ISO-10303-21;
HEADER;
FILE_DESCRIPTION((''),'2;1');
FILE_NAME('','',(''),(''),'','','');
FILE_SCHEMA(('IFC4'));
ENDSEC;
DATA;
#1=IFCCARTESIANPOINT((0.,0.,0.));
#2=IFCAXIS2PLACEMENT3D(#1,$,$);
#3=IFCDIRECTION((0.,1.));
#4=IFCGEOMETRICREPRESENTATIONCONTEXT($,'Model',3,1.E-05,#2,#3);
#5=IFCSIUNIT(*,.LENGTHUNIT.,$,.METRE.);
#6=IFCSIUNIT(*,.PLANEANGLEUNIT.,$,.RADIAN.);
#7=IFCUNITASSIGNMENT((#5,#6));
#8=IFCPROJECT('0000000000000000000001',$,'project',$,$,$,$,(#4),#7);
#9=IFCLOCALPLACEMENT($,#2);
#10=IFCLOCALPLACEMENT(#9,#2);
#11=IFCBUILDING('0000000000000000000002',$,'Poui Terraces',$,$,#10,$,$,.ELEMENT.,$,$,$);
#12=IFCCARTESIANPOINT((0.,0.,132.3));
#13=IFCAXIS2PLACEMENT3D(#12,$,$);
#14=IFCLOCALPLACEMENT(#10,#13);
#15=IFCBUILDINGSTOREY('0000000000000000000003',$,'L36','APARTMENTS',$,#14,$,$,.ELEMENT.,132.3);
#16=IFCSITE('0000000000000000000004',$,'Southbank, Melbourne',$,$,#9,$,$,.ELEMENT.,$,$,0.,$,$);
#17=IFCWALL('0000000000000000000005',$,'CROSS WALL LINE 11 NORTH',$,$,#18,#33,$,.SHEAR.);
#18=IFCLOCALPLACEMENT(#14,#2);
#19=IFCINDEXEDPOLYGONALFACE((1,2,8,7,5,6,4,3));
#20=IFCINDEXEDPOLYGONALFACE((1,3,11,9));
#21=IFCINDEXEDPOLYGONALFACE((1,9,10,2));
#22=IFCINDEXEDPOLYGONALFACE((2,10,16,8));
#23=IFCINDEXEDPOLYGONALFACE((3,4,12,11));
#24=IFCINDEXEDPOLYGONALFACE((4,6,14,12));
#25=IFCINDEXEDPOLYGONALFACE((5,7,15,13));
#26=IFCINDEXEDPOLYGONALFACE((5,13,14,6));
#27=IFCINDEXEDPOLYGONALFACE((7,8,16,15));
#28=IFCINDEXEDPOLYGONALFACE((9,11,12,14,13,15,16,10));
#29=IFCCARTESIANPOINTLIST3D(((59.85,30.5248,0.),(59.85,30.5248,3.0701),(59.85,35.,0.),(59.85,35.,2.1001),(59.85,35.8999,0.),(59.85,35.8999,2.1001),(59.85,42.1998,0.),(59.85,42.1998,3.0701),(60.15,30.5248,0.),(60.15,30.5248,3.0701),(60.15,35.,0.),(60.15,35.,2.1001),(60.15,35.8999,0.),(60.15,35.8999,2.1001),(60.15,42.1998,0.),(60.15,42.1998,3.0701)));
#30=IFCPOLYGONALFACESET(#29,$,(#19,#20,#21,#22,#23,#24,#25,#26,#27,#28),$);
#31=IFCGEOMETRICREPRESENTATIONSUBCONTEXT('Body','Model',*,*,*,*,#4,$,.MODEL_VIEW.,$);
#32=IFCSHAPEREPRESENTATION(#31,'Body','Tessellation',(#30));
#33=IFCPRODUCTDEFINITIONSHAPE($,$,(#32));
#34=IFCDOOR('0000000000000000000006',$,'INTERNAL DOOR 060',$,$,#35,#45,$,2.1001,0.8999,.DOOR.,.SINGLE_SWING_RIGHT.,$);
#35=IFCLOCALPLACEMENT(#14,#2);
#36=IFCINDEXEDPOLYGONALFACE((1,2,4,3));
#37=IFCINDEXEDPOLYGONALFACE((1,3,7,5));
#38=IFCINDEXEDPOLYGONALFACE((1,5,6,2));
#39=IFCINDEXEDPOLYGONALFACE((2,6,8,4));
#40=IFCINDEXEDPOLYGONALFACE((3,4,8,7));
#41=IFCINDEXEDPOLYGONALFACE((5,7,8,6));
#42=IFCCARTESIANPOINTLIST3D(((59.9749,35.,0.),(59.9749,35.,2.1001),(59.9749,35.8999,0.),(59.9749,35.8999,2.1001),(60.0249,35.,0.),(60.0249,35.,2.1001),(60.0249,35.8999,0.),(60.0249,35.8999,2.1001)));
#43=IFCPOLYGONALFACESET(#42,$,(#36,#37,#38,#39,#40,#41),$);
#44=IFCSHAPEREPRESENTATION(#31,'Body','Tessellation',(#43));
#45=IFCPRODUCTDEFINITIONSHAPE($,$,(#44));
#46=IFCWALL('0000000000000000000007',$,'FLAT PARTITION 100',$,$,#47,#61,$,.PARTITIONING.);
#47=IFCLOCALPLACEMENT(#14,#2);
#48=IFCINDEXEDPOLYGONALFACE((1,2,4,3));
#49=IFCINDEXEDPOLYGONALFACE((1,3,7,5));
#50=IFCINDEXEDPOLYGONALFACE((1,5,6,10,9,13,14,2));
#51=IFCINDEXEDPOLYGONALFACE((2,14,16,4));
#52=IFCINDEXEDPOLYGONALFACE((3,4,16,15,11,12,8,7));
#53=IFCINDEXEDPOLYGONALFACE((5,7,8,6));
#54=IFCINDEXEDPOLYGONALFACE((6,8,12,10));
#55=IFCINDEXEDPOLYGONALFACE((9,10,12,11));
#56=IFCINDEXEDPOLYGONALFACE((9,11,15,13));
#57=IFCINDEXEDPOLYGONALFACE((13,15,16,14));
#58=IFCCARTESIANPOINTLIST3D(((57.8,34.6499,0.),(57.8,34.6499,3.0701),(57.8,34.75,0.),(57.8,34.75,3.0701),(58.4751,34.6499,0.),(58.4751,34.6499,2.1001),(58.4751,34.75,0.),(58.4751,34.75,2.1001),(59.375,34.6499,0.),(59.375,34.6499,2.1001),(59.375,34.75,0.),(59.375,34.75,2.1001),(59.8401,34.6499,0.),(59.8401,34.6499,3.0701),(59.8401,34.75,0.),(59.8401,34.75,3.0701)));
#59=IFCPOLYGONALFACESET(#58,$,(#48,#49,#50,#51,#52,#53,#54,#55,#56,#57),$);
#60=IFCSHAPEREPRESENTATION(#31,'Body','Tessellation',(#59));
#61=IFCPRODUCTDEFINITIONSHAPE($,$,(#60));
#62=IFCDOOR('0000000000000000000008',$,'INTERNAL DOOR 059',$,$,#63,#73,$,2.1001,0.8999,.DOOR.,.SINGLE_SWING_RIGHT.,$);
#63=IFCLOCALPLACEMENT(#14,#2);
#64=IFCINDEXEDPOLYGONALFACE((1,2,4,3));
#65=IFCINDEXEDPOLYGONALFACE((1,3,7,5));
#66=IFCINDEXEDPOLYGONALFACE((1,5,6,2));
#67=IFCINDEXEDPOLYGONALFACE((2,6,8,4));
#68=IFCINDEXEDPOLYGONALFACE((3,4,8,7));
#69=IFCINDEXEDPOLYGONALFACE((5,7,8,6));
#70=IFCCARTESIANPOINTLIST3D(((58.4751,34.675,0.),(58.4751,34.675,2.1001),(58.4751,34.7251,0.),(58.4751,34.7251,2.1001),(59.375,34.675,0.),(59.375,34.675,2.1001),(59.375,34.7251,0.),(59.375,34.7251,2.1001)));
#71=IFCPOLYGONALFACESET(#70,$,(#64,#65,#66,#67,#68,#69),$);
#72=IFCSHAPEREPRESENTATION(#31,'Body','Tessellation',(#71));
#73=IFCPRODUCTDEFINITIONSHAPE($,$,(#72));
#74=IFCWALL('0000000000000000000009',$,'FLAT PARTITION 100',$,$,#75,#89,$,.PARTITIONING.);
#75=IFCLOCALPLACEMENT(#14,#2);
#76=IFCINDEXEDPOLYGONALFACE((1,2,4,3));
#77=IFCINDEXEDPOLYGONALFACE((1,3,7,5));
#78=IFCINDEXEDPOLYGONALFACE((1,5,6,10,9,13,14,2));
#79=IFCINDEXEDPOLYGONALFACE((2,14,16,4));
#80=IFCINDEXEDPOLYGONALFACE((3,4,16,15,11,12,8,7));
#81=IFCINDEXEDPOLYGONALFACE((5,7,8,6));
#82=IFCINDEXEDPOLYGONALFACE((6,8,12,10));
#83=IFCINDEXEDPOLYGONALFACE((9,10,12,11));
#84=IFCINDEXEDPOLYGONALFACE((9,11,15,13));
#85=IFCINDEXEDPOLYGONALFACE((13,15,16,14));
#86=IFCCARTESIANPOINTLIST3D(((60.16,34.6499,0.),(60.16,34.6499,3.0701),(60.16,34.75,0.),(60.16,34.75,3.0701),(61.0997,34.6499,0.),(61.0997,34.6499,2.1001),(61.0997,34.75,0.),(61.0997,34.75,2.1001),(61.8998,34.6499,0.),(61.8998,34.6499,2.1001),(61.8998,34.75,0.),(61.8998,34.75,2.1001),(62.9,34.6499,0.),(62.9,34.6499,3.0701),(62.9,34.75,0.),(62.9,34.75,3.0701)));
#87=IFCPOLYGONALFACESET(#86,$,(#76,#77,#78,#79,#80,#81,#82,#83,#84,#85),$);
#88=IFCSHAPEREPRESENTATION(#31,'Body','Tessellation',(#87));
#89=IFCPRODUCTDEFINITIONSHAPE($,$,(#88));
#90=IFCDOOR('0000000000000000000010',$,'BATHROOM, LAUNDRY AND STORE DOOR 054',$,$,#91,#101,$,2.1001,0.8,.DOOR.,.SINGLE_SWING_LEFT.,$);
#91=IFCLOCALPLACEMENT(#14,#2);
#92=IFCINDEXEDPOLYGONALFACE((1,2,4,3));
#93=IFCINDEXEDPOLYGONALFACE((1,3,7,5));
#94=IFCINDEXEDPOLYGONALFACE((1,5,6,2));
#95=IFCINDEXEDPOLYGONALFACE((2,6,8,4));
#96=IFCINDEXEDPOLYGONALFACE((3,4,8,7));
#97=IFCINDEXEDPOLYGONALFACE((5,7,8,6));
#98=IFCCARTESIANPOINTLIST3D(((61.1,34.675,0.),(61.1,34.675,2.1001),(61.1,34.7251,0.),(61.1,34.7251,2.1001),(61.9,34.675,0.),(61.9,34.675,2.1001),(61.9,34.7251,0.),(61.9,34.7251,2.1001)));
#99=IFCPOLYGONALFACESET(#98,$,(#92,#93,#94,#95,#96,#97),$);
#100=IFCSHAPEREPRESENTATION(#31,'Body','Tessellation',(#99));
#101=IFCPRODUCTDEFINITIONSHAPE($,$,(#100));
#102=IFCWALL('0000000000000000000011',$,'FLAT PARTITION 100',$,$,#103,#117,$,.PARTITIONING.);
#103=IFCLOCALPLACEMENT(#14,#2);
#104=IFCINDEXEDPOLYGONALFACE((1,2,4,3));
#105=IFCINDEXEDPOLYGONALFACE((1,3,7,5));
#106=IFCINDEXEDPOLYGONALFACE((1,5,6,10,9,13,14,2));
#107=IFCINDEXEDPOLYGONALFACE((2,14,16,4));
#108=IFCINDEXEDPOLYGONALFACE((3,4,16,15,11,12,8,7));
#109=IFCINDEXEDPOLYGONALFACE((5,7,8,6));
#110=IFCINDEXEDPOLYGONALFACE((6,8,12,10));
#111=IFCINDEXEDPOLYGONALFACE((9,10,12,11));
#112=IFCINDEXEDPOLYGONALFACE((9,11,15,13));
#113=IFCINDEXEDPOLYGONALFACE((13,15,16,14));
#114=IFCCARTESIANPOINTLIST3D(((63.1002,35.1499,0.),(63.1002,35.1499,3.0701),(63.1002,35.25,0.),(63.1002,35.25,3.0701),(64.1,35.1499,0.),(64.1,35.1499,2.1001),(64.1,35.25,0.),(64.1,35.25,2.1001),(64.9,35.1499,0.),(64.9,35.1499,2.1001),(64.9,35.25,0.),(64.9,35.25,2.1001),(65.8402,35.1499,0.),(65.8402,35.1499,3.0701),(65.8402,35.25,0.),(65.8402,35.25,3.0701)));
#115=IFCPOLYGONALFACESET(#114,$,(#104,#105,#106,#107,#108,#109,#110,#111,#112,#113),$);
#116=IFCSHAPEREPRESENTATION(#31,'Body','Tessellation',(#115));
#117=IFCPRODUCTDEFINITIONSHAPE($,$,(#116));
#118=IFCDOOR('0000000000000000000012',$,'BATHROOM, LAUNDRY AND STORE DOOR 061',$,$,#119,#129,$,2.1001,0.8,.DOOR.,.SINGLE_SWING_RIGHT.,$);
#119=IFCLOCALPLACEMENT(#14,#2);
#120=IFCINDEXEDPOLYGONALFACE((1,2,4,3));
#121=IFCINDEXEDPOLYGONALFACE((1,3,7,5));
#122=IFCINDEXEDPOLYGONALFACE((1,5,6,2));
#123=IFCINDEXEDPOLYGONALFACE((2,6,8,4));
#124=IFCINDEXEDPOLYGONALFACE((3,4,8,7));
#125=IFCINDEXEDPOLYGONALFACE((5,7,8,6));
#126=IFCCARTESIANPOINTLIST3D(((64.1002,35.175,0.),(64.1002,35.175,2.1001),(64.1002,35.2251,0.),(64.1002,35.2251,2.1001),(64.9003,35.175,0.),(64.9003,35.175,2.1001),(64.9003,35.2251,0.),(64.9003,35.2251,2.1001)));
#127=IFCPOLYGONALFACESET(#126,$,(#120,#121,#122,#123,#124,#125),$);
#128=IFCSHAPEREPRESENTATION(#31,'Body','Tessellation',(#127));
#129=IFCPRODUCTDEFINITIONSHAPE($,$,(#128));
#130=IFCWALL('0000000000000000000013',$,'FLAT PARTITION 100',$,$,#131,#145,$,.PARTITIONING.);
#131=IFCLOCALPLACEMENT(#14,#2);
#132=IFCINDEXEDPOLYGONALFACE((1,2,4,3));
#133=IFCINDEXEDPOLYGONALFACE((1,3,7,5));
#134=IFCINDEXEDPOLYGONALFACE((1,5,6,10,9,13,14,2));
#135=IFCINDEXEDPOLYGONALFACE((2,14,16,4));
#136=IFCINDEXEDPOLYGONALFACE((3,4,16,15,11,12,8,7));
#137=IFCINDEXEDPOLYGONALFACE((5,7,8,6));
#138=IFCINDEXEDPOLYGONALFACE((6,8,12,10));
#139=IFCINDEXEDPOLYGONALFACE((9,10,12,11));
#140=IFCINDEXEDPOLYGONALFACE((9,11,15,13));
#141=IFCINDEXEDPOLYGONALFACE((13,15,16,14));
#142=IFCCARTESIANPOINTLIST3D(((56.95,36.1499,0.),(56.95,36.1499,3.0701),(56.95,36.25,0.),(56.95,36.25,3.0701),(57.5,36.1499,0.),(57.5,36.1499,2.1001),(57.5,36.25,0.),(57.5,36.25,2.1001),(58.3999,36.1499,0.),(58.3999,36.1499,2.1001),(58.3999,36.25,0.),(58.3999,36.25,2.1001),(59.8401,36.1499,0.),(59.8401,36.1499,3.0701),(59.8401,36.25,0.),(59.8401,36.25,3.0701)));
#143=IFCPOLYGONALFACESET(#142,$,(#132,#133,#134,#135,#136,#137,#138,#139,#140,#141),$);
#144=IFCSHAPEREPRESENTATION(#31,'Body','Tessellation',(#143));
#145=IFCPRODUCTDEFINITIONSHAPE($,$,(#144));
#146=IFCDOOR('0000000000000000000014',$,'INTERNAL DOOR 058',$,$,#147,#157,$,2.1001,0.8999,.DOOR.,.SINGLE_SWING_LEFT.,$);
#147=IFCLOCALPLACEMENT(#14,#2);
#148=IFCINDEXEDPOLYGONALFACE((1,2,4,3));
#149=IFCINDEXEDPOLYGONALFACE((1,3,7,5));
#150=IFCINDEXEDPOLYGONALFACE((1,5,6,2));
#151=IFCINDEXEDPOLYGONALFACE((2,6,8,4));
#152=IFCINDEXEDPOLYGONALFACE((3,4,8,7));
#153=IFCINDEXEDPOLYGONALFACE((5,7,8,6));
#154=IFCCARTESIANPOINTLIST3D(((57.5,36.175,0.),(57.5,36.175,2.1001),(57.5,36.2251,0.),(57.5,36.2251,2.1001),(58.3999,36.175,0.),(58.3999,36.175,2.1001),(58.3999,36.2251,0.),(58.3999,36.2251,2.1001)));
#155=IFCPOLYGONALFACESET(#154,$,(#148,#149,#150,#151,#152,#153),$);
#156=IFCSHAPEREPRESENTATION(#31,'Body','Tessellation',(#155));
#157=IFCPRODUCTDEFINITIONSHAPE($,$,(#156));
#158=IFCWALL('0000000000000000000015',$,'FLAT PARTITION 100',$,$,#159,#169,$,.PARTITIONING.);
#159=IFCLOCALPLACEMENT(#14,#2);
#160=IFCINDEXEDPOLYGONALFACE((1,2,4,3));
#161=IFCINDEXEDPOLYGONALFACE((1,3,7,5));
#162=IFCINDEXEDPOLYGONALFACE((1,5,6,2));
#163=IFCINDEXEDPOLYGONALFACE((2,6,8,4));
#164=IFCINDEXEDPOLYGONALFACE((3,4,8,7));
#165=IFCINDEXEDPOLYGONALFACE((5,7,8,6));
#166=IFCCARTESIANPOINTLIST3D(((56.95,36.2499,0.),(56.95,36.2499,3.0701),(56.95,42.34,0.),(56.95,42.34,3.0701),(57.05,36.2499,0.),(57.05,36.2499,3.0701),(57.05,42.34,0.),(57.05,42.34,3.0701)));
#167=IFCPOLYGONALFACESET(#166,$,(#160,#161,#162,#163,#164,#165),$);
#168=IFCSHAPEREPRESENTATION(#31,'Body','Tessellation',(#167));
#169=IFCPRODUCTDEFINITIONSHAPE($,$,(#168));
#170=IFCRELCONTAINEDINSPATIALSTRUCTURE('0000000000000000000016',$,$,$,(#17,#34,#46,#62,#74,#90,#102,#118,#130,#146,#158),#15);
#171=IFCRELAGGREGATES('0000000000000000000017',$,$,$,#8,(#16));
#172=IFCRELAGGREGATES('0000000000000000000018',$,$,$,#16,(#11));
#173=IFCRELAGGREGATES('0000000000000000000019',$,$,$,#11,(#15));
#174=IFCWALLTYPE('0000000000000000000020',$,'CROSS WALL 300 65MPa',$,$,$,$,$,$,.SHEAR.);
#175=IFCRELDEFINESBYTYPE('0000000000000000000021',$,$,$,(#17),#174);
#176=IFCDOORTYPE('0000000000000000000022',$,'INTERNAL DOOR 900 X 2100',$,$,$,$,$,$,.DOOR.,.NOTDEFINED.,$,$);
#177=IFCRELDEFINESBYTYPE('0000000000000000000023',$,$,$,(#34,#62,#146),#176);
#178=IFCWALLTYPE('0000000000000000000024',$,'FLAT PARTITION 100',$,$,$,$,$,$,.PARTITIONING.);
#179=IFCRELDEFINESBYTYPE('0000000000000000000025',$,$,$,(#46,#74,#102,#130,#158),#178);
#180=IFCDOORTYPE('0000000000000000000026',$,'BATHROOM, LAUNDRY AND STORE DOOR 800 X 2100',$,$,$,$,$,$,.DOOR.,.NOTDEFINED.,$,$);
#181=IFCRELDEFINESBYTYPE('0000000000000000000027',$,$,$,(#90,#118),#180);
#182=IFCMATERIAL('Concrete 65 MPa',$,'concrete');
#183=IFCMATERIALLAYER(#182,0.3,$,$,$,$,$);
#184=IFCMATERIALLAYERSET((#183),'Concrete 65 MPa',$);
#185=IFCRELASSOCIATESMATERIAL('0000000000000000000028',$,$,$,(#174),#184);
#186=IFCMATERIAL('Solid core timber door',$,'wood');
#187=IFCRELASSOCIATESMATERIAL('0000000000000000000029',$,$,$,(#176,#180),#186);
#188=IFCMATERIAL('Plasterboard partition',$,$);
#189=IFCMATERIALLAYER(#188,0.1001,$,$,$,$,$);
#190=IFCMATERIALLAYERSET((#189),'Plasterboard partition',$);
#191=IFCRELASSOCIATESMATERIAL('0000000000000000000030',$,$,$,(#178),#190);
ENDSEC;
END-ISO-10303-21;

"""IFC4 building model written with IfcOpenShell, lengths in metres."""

from ifc_helpers import new_model, si_unit, direction, frame, frame_2d, origin, place, context, subcontext, project, spatial, rectangle, extrude, material, layer, layer_set, type_object, element, fill, save


model = new_model("IFC4")

# Units and contexts
model_context = context("Model", 3, precision=1e-05, world=origin(), true_north=direction((0.0, 1.0)))
body_context = subcontext(model_context, "Body", "Model", "MODEL_VIEW")
ifc_project = project(units=[si_unit("LENGTHUNIT", "METRE"), si_unit("PLANEANGLEUNIT", "RADIAN")], contexts=[model_context])

# Site, building, storey
site_placement = place(None, origin())
site = spatial("IfcSite", under=ifc_project, at=site_placement, Name="Southbank, Melbourne", CompositionType="ELEMENT", RefElevation=0.0)
building_placement = place(site_placement, origin())
building = spatial("IfcBuilding", under=site, at=building_placement, Name="Poui Terraces", CompositionType="ELEMENT")
storey_placement = place(building_placement, frame((0.0, 0.0, 132.3)))
storey = spatial("IfcBuildingStorey", under=building, at=storey_placement, Name="L36", Description="APARTMENTS", CompositionType="ELEMENT", Elevation=132.3)

# Walls, openings, doors
ifc_material_1 = material(Name="Concrete 65 MPa", Category="concrete")
ifc_layer_1 = layer(ifc_material_1, 0.3)
ifc_layer_set_1 = layer_set([ifc_layer_1], Name="Concrete 65 MPa")
wall_type_1 = type_object("IfcWallType", Name="CROSS WALL 300 65MPa", PredefinedType="SHEAR", material=ifc_layer_set_1)
wall_1_placement = place(storey_placement, frame((60.0, 30.5249, 0.0), z_axis=(0.0, 0.0, 1.0), x_axis=(0.0, 1.0, 0.0)))
wall_1 = element("IfcWall", 1, at=wall_1_placement, inside=storey, type_object=wall_type_1, Name="CROSS WALL LINE 11 NORTH", PredefinedType="SHEAR", context=body_context, shape_type="SweptSolid", body=[
    extrude(rectangle(XDim=11.675, YDim=0.3, at=frame_2d((5.8374, 0.0))), origin(), (0.0, 0.0, 1.0), 3.0701),
])
opening_1_placement = place(wall_1_placement, frame((4.4751, 0.0, 0.0)))
opening_1 = element("IfcOpeningElement", 2, at=opening_1_placement, cuts=wall_1, PredefinedType="OPENING", context=body_context, shape_type="SweptSolid", body=[
    extrude(rectangle(XDim=0.8999, YDim=2.1001, at=frame_2d((0.45, 1.05))), frame((0.0, 0.1602, 0.0), z_axis=(0.0, -1.0, 0.0), x_axis=(1.0, 0.0, 0.0)), (0.0, 0.0, 1.0), 0.3201),
])
ifc_material_2 = material(Name="Solid core timber door", Category="wood")
door_type_1 = type_object("IfcDoorType", Name="INTERNAL DOOR 900 X 2100", OperationType="NOTDEFINED", PredefinedType="DOOR", material=ifc_material_2)
door_1_placement = place(opening_1_placement, frame((0.8999, 0.0, 0.0), z_axis=(0.0, 0.0, 1.0), x_axis=(-1.0, 0.0, 0.0)))
door_1 = element("IfcDoor", 3, at=door_1_placement, inside=storey, type_object=door_type_1, Name="INTERNAL DOOR 060", OperationType="SINGLE_SWING_RIGHT", OverallHeight=2.1001, OverallWidth=0.8999, PredefinedType="DOOR", context=body_context, shape_type="SweptSolid", body=[
    extrude(rectangle(XDim=0.8999, YDim=2.1001, at=frame_2d((0.45, 1.05))), frame((0.0, 0.0249, 0.0), z_axis=(0.0, -1.0, 0.0), x_axis=(1.0, 0.0, 0.0)), (0.0, 0.0, 1.0), 0.05),
])
fill(opening_1, door_1)
ifc_material_3 = material(Name="Plasterboard partition")
ifc_layer_2 = layer(ifc_material_3, 0.1001)
ifc_layer_set_2 = layer_set([ifc_layer_2], Name="Plasterboard partition")
wall_type_2 = type_object("IfcWallType", Name="FLAT PARTITION 100", PredefinedType="PARTITIONING", material=ifc_layer_set_2)
wall_2_placement = place(storey_placement, frame((57.8, 34.7, 0.0), z_axis=(0.0, 0.0, 1.0), x_axis=(1.0, 0.0, 0.0)))
wall_2 = element("IfcWall", 4, at=wall_2_placement, inside=storey, type_object=wall_type_2, Name="FLAT PARTITION 100", PredefinedType="PARTITIONING", context=body_context, shape_type="SweptSolid", body=[
    extrude(rectangle(XDim=2.04, YDim=0.1001, at=frame_2d((1.02, 0.0))), origin(), (0.0, 0.0, 1.0), 3.0701),
])
opening_2_placement = place(wall_2_placement, frame((0.675, 0.0, 0.0)))
opening_2 = element("IfcOpeningElement", 5, at=opening_2_placement, cuts=wall_2, PredefinedType="OPENING", context=body_context, shape_type="SweptSolid", body=[
    extrude(rectangle(XDim=0.8999, YDim=2.1001, at=frame_2d((0.45, 1.05))), frame((0.0, 0.0601, 0.0), z_axis=(0.0, -1.0, 0.0), x_axis=(1.0, 0.0, 0.0)), (0.0, 0.0, 1.0), 0.1201),
])
door_2_placement = place(opening_2_placement, frame((0.8999, 0.0, 0.0), z_axis=(0.0, 0.0, 1.0), x_axis=(-1.0, 0.0, 0.0)))
door_2 = element("IfcDoor", 6, at=door_2_placement, inside=storey, type_object=door_type_1, Name="INTERNAL DOOR 059", OperationType="SINGLE_SWING_RIGHT", OverallHeight=2.1001, OverallWidth=0.8999, PredefinedType="DOOR", context=body_context, shape_type="SweptSolid", body=[
    extrude(rectangle(XDim=0.8999, YDim=2.1001, at=frame_2d((0.45, 1.05))), frame((0.0, 0.0249, 0.0), z_axis=(0.0, -1.0, 0.0), x_axis=(1.0, 0.0, 0.0)), (0.0, 0.0, 1.0), 0.05),
])
fill(opening_2, door_2)
wall_3_placement = place(storey_placement, frame((60.1599, 34.7, 0.0), z_axis=(0.0, 0.0, 1.0), x_axis=(1.0, 0.0, 0.0)))
wall_3 = element("IfcWall", 7, at=wall_3_placement, inside=storey, type_object=wall_type_2, Name="FLAT PARTITION 100", PredefinedType="PARTITIONING", context=body_context, shape_type="SweptSolid", body=[
    extrude(rectangle(XDim=2.74, YDim=0.1001, at=frame_2d((1.3701, 0.0))), origin(), (0.0, 0.0, 1.0), 3.0701),
])
opening_3_placement = place(wall_3_placement, frame((0.9399, 0.0, 0.0)))
opening_3 = element("IfcOpeningElement", 8, at=opening_3_placement, cuts=wall_3, PredefinedType="OPENING", context=body_context, shape_type="SweptSolid", body=[
    extrude(rectangle(XDim=0.8, YDim=2.1001, at=frame_2d((0.3999, 1.05))), frame((0.0, 0.0601, 0.0), z_axis=(0.0, -1.0, 0.0), x_axis=(1.0, 0.0, 0.0)), (0.0, 0.0, 1.0), 0.1201),
])
door_type_2 = type_object("IfcDoorType", Name="BATHROOM, LAUNDRY AND STORE DOOR 800 X 2100", OperationType="NOTDEFINED", PredefinedType="DOOR", material=ifc_material_2)
door_3_placement = place(opening_3_placement, frame((0.8, 0.0, 0.0), z_axis=(0.0, 0.0, 1.0), x_axis=(-1.0, 0.0, 0.0)))
door_3 = element("IfcDoor", 9, at=door_3_placement, inside=storey, type_object=door_type_2, Name="BATHROOM, LAUNDRY AND STORE DOOR 054", OperationType="SINGLE_SWING_LEFT", OverallHeight=2.1001, OverallWidth=0.8, PredefinedType="DOOR", context=body_context, shape_type="SweptSolid", body=[
    extrude(rectangle(XDim=0.8, YDim=2.1001, at=frame_2d((0.3999, 1.05))), frame((0.0, 0.0249, 0.0), z_axis=(0.0, -1.0, 0.0), x_axis=(1.0, 0.0, 0.0)), (0.0, 0.0, 1.0), 0.05),
])
fill(opening_3, door_3)
wall_4_placement = place(storey_placement, frame((63.1001, 35.2, 0.0), z_axis=(0.0, 0.0, 1.0), x_axis=(1.0, 0.0, 0.0)))
wall_4 = element("IfcWall", 10, at=wall_4_placement, inside=storey, type_object=wall_type_2, Name="FLAT PARTITION 100", PredefinedType="PARTITIONING", context=body_context, shape_type="SweptSolid", body=[
    extrude(rectangle(XDim=2.74, YDim=0.1001, at=frame_2d((1.3701, 0.0))), origin(), (0.0, 0.0, 1.0), 3.0701),
])
opening_4_placement = place(wall_4_placement, frame((1.0, 0.0, 0.0)))
opening_4 = element("IfcOpeningElement", 11, at=opening_4_placement, cuts=wall_4, PredefinedType="OPENING", context=body_context, shape_type="SweptSolid", body=[
    extrude(rectangle(XDim=0.8, YDim=2.1001, at=frame_2d((0.3999, 1.05))), frame((0.0, 0.0601, 0.0), z_axis=(0.0, -1.0, 0.0), x_axis=(1.0, 0.0, 0.0)), (0.0, 0.0, 1.0), 0.1201),
])
door_4_placement = place(opening_4_placement, frame((0.8, 0.0, 0.0), z_axis=(0.0, 0.0, 1.0), x_axis=(-1.0, 0.0, 0.0)))
door_4 = element("IfcDoor", 12, at=door_4_placement, inside=storey, type_object=door_type_2, Name="BATHROOM, LAUNDRY AND STORE DOOR 061", OperationType="SINGLE_SWING_RIGHT", OverallHeight=2.1001, OverallWidth=0.8, PredefinedType="DOOR", context=body_context, shape_type="SweptSolid", body=[
    extrude(rectangle(XDim=0.8, YDim=2.1001, at=frame_2d((0.3999, 1.05))), frame((0.0, 0.0249, 0.0), z_axis=(0.0, -1.0, 0.0), x_axis=(1.0, 0.0, 0.0)), (0.0, 0.0, 1.0), 0.05),
])
fill(opening_4, door_4)
wall_5_placement = place(storey_placement, frame((56.95, 36.2, 0.0), z_axis=(0.0, 0.0, 1.0), x_axis=(1.0, 0.0, 0.0)))
wall_5 = element("IfcWall", 13, at=wall_5_placement, inside=storey, type_object=wall_type_2, Name="FLAT PARTITION 100", PredefinedType="PARTITIONING", context=body_context, shape_type="SweptSolid", body=[
    extrude(rectangle(XDim=2.8901, YDim=0.1001, at=frame_2d((1.4451, 0.0))), origin(), (0.0, 0.0, 1.0), 3.0701),
])
opening_5_placement = place(wall_5_placement, frame((0.55, 0.0, 0.0)))
opening_5 = element("IfcOpeningElement", 14, at=opening_5_placement, cuts=wall_5, PredefinedType="OPENING", context=body_context, shape_type="SweptSolid", body=[
    extrude(rectangle(XDim=0.8999, YDim=2.1001, at=frame_2d((0.45, 1.05))), frame((0.0, 0.0601, 0.0), z_axis=(0.0, -1.0, 0.0), x_axis=(1.0, 0.0, 0.0)), (0.0, 0.0, 1.0), 0.1201),
])
door_5_placement = place(opening_5_placement, frame((0.8999, 0.0, 0.0), z_axis=(0.0, 0.0, 1.0), x_axis=(-1.0, 0.0, 0.0)))
door_5 = element("IfcDoor", 15, at=door_5_placement, inside=storey, type_object=door_type_1, Name="INTERNAL DOOR 058", OperationType="SINGLE_SWING_LEFT", OverallHeight=2.1001, OverallWidth=0.8999, PredefinedType="DOOR", context=body_context, shape_type="SweptSolid", body=[
    extrude(rectangle(XDim=0.8999, YDim=2.1001, at=frame_2d((0.45, 1.05))), frame((0.0, 0.0249, 0.0), z_axis=(0.0, -1.0, 0.0), x_axis=(1.0, 0.0, 0.0)), (0.0, 0.0, 1.0), 0.05),
])
fill(opening_5, door_5)

# Wall
wall_6_placement = place(storey_placement, frame((57.0, 36.25, 0.0), z_axis=(0.0, 0.0, 1.0), x_axis=(0.0, 1.0, 0.0)))
element("IfcWall", 16, at=wall_6_placement, inside=storey, type_object=wall_type_2, Name="FLAT PARTITION 100", PredefinedType="PARTITIONING", context=body_context, shape_type="SweptSolid", body=[
    extrude(rectangle(XDim=6.0901, YDim=0.1001, at=frame_2d((3.0449, 0.0))), origin(), (0.0, 0.0, 1.0), 3.0701),
])

save(model, "model.ifc")
